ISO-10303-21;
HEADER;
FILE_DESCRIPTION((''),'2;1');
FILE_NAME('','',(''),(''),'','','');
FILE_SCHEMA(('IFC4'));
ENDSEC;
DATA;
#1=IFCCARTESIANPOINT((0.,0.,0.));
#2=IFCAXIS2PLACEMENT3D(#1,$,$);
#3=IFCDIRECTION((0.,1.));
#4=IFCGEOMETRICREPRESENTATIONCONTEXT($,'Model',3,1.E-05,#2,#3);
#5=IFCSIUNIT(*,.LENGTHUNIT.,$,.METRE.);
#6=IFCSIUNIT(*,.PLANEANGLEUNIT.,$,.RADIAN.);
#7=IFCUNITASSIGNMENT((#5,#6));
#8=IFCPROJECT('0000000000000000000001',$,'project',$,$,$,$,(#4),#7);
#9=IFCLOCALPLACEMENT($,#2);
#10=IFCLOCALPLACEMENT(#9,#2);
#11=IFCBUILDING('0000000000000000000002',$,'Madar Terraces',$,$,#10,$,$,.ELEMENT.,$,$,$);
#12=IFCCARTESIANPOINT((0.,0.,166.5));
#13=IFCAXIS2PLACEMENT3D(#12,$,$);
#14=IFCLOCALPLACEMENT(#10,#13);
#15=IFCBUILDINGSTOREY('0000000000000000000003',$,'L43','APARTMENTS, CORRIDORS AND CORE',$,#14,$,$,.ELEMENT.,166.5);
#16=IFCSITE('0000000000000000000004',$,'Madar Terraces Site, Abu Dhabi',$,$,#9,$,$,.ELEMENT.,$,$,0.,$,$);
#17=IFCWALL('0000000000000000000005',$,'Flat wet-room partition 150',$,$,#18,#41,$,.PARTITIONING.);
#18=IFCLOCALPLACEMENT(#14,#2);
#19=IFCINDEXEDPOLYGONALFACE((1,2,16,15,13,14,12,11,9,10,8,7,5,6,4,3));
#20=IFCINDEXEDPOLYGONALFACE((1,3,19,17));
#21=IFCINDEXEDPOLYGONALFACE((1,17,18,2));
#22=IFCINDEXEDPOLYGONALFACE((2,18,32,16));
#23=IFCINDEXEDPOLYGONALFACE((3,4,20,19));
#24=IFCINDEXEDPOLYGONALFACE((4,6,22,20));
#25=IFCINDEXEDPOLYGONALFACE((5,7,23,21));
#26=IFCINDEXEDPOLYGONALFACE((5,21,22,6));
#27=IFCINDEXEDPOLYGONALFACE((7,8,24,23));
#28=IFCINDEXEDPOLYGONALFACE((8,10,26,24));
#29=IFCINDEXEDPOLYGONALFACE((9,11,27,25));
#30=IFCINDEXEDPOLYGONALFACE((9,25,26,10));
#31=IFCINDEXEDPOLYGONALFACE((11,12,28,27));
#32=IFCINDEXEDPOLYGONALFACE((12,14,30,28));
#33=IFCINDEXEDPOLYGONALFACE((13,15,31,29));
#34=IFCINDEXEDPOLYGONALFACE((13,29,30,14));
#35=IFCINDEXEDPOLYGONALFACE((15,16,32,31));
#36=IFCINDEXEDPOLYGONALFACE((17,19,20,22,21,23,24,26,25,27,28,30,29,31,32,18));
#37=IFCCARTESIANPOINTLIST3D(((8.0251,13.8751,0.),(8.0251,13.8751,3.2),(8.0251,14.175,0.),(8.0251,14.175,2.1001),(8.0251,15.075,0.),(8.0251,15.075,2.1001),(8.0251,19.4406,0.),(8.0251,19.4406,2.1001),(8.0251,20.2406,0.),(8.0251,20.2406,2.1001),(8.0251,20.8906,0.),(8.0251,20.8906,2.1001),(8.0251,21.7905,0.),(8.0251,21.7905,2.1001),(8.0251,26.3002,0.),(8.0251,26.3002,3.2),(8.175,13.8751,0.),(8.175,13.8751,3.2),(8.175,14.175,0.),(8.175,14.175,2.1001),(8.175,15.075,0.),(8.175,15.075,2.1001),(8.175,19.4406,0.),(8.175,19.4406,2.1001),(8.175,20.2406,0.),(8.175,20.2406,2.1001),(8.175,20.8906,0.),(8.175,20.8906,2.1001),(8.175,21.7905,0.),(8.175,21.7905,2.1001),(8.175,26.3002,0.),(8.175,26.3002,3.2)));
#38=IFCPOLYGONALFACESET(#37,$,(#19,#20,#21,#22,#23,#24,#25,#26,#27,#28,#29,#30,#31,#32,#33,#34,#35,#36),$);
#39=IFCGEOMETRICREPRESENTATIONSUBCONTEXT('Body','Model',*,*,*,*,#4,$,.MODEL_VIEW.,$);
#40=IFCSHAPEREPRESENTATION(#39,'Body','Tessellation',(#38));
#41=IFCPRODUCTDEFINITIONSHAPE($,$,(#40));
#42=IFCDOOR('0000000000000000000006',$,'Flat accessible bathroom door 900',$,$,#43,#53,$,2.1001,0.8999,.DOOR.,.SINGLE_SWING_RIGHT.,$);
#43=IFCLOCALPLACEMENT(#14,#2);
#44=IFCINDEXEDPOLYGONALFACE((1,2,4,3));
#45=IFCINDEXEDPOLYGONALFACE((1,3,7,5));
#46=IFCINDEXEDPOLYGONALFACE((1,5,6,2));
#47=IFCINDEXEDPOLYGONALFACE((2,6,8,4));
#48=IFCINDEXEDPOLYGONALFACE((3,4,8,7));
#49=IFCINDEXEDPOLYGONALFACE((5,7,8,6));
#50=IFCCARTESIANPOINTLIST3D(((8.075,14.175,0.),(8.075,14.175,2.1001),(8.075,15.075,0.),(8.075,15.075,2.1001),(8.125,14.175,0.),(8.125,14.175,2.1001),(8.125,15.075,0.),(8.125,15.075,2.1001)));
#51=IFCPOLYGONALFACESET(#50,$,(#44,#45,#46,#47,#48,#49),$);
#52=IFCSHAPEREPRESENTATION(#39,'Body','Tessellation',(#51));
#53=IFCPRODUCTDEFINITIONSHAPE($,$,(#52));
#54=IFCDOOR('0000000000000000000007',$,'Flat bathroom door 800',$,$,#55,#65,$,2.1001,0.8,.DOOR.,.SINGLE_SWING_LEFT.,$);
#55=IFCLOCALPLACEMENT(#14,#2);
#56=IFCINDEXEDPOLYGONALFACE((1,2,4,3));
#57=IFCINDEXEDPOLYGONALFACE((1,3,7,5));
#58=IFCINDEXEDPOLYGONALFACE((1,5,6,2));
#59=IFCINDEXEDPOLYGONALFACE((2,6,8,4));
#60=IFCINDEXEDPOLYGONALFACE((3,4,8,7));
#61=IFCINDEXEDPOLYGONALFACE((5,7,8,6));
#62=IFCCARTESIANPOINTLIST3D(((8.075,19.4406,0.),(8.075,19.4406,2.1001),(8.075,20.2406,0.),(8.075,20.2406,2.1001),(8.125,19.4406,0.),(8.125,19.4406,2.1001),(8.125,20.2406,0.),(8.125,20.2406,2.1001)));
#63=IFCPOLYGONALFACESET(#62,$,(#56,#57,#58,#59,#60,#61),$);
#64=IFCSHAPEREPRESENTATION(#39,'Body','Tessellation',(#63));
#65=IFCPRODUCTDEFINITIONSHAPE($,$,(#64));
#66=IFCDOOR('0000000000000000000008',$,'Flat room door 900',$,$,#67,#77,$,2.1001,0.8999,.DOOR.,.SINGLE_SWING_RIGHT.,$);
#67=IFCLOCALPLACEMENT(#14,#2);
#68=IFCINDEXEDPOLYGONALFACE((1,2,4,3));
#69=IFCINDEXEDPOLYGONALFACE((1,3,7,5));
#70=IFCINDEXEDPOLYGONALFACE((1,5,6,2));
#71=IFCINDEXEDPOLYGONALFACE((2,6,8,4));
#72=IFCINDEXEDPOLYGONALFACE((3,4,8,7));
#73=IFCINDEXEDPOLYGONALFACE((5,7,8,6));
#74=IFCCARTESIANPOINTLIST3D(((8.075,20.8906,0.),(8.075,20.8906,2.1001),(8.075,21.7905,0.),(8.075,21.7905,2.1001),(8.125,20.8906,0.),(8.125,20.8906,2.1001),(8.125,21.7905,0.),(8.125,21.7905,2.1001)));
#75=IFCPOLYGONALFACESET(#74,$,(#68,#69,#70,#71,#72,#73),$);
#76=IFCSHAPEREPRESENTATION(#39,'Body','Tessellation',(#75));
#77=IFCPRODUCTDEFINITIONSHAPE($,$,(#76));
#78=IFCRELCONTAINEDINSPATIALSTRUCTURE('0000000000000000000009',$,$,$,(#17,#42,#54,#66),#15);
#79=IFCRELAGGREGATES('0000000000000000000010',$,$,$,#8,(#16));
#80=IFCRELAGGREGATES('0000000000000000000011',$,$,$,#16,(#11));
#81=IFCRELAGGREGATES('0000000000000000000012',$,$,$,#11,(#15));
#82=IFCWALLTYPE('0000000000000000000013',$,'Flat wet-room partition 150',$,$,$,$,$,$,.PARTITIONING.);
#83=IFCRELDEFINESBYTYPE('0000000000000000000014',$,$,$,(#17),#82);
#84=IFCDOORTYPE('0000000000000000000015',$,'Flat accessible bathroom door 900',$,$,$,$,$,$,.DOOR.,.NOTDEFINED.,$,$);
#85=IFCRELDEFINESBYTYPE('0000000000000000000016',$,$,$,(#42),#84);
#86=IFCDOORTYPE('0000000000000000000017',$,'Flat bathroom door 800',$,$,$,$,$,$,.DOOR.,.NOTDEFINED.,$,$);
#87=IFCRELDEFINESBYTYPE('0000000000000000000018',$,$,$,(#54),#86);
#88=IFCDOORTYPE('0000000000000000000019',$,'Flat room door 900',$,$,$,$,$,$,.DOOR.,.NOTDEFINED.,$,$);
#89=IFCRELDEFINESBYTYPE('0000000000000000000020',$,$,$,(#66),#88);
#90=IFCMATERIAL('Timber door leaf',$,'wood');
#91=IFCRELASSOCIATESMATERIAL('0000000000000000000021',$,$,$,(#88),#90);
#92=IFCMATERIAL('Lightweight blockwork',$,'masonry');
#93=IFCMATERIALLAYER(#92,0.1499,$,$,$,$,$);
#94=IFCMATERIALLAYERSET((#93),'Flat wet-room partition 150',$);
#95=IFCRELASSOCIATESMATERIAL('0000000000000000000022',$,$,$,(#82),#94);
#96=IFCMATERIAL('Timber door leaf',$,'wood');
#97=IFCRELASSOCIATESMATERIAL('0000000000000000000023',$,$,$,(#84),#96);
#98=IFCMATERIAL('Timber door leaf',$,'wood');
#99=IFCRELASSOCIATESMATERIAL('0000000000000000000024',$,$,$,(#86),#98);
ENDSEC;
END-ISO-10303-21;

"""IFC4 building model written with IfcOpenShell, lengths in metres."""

from ifc_helpers import new_model, si_unit, direction, frame, frame_2d, origin, place, context, subcontext, project, spatial, rectangle, extrude, material, layer, layer_set, type_object, element, fill, save


model = new_model("IFC4")

# Units and contexts
model_context = context("Model", 3, precision=1e-05, world=origin(), true_north=direction((0.0, 1.0)))
body_context = subcontext(model_context, "Body", "Model", "MODEL_VIEW")
ifc_project = project(units=[si_unit("LENGTHUNIT", "METRE"), si_unit("PLANEANGLEUNIT", "RADIAN")], contexts=[model_context])

# Site, building, storey
site_placement = place(None, origin())
site = spatial("IfcSite", under=ifc_project, at=site_placement, Name="Madar Terraces Site, Abu Dhabi", CompositionType="ELEMENT", RefElevation=0.0)
building_placement = place(site_placement, origin())
building = spatial("IfcBuilding", under=site, at=building_placement, Name="Madar Terraces", CompositionType="ELEMENT")
storey_placement = place(building_placement, frame((0.0, 0.0, 166.5)))
storey = spatial("IfcBuildingStorey", under=building, at=storey_placement, Name="L43", Description="APARTMENTS, CORRIDORS AND CORE", CompositionType="ELEMENT", Elevation=166.5)

# Shared definitions
ifc_material_1 = material(Name="Timber door leaf", Category="wood")
door_type_1 = type_object("IfcDoorType", Name="Flat room door 900", OperationType="NOTDEFINED", PredefinedType="DOOR", material=ifc_material_1)

# Wall, openings, doors
ifc_material_2 = material(Name="Lightweight blockwork", Category="masonry")
ifc_layer_1 = layer(ifc_material_2, 0.1499)
ifc_layer_set_1 = layer_set([ifc_layer_1], Name="Flat wet-room partition 150")
wall_type_1 = type_object("IfcWallType", Name="Flat wet-room partition 150", PredefinedType="PARTITIONING", material=ifc_layer_set_1)
wall_1_placement = place(storey_placement, frame((8.1001, 26.3, 0.0), z_axis=(0.0, 0.0, 1.0), x_axis=(0.0, -1.0, 0.0)))
wall_1 = element("IfcWall", 1, at=wall_1_placement, inside=storey, type_object=wall_type_1, Name="Flat wet-room partition 150", PredefinedType="PARTITIONING", context=body_context, shape_type="SweptSolid", body=[
    extrude(rectangle(XDim=12.425, YDim=0.1499, at=frame_2d((6.2124, 0.0))), origin(), (0.0, 0.0, 1.0), 3.2),
])
opening_1_placement = place(wall_1_placement, frame((11.2251, 0.0, 0.0)))
opening_1 = element("IfcOpeningElement", 2, at=opening_1_placement, cuts=wall_1, PredefinedType="OPENING", context=body_context, shape_type="SweptSolid", body=[
    extrude(rectangle(XDim=0.8999, YDim=2.1001, at=frame_2d((0.45, 1.05))), frame((0.0, 0.085, 0.0), z_axis=(0.0, -1.0, 0.0), x_axis=(1.0, 0.0, 0.0)), (0.0, 0.0, 1.0), 0.1699),
])
opening_2_placement = place(wall_1_placement, frame((6.0596, 0.0, 0.0)))
opening_2 = element("IfcOpeningElement", 3, at=opening_2_placement, cuts=wall_1, PredefinedType="OPENING", context=body_context, shape_type="SweptSolid", body=[
    extrude(rectangle(XDim=0.8, YDim=2.1001, at=frame_2d((0.3999, 1.05))), frame((0.0, 0.085, 0.0), z_axis=(0.0, -1.0, 0.0), x_axis=(1.0, 0.0, 0.0)), (0.0, 0.0, 1.0), 0.1699),
])
opening_3_placement = place(wall_1_placement, frame((4.5095, 0.0, 0.0)))
opening_3 = element("IfcOpeningElement", 4, at=opening_3_placement, cuts=wall_1, PredefinedType="OPENING", context=body_context, shape_type="SweptSolid", body=[
    extrude(rectangle(XDim=0.8999, YDim=2.1001, at=frame_2d((0.45, 1.05))), frame((0.0, 0.085, 0.0), z_axis=(0.0, -1.0, 0.0), x_axis=(1.0, 0.0, 0.0)), (0.0, 0.0, 1.0), 0.1699),
])
ifc_material_3 = material(Name="Timber door leaf", Category="wood")
door_type_2 = type_object("IfcDoorType", Name="Flat accessible bathroom door 900", OperationType="NOTDEFINED", PredefinedType="DOOR", material=ifc_material_3)
door_1_placement = place(opening_1_placement, origin())
door_1 = element("IfcDoor", 5, at=door_1_placement, inside=storey, type_object=door_type_2, Name="Flat accessible bathroom door 900", OperationType="SINGLE_SWING_RIGHT", OverallHeight=2.1001, OverallWidth=0.8999, PredefinedType="DOOR", context=body_context, shape_type="SweptSolid", body=[
    extrude(rectangle(XDim=0.8999, YDim=2.1001, at=frame_2d((0.45, 1.05))), frame((0.0, 0.0249, 0.0), z_axis=(0.0, -1.0, 0.0), x_axis=(1.0, 0.0, 0.0)), (0.0, 0.0, 1.0), 0.05),
])
fill(opening_1, door_1)
ifc_material_4 = material(Name="Timber door leaf", Category="wood")
door_type_3 = type_object("IfcDoorType", Name="Flat bathroom door 800", OperationType="NOTDEFINED", PredefinedType="DOOR", material=ifc_material_4)
door_2_placement = place(opening_2_placement, origin())
door_2 = element("IfcDoor", 6, at=door_2_placement, inside=storey, type_object=door_type_3, Name="Flat bathroom door 800", OperationType="SINGLE_SWING_LEFT", OverallHeight=2.1001, OverallWidth=0.8, PredefinedType="DOOR", context=body_context, shape_type="SweptSolid", body=[
    extrude(rectangle(XDim=0.8, YDim=2.1001, at=frame_2d((0.3999, 1.05))), frame((0.0, 0.0249, 0.0), z_axis=(0.0, -1.0, 0.0), x_axis=(1.0, 0.0, 0.0)), (0.0, 0.0, 1.0), 0.05),
])
fill(opening_2, door_2)
door_3_placement = place(opening_3_placement, origin())
door_3 = element("IfcDoor", 7, at=door_3_placement, inside=storey, type_object=door_type_1, Name="Flat room door 900", OperationType="SINGLE_SWING_RIGHT", OverallHeight=2.1001, OverallWidth=0.8999, PredefinedType="DOOR", context=body_context, shape_type="SweptSolid", body=[
    extrude(rectangle(XDim=0.8999, YDim=2.1001, at=frame_2d((0.45, 1.05))), frame((0.0, 0.0249, 0.0), z_axis=(0.0, -1.0, 0.0), x_axis=(1.0, 0.0, 0.0)), (0.0, 0.0, 1.0), 0.05),
])
fill(opening_3, door_3)

save(model, "model.ifc")
